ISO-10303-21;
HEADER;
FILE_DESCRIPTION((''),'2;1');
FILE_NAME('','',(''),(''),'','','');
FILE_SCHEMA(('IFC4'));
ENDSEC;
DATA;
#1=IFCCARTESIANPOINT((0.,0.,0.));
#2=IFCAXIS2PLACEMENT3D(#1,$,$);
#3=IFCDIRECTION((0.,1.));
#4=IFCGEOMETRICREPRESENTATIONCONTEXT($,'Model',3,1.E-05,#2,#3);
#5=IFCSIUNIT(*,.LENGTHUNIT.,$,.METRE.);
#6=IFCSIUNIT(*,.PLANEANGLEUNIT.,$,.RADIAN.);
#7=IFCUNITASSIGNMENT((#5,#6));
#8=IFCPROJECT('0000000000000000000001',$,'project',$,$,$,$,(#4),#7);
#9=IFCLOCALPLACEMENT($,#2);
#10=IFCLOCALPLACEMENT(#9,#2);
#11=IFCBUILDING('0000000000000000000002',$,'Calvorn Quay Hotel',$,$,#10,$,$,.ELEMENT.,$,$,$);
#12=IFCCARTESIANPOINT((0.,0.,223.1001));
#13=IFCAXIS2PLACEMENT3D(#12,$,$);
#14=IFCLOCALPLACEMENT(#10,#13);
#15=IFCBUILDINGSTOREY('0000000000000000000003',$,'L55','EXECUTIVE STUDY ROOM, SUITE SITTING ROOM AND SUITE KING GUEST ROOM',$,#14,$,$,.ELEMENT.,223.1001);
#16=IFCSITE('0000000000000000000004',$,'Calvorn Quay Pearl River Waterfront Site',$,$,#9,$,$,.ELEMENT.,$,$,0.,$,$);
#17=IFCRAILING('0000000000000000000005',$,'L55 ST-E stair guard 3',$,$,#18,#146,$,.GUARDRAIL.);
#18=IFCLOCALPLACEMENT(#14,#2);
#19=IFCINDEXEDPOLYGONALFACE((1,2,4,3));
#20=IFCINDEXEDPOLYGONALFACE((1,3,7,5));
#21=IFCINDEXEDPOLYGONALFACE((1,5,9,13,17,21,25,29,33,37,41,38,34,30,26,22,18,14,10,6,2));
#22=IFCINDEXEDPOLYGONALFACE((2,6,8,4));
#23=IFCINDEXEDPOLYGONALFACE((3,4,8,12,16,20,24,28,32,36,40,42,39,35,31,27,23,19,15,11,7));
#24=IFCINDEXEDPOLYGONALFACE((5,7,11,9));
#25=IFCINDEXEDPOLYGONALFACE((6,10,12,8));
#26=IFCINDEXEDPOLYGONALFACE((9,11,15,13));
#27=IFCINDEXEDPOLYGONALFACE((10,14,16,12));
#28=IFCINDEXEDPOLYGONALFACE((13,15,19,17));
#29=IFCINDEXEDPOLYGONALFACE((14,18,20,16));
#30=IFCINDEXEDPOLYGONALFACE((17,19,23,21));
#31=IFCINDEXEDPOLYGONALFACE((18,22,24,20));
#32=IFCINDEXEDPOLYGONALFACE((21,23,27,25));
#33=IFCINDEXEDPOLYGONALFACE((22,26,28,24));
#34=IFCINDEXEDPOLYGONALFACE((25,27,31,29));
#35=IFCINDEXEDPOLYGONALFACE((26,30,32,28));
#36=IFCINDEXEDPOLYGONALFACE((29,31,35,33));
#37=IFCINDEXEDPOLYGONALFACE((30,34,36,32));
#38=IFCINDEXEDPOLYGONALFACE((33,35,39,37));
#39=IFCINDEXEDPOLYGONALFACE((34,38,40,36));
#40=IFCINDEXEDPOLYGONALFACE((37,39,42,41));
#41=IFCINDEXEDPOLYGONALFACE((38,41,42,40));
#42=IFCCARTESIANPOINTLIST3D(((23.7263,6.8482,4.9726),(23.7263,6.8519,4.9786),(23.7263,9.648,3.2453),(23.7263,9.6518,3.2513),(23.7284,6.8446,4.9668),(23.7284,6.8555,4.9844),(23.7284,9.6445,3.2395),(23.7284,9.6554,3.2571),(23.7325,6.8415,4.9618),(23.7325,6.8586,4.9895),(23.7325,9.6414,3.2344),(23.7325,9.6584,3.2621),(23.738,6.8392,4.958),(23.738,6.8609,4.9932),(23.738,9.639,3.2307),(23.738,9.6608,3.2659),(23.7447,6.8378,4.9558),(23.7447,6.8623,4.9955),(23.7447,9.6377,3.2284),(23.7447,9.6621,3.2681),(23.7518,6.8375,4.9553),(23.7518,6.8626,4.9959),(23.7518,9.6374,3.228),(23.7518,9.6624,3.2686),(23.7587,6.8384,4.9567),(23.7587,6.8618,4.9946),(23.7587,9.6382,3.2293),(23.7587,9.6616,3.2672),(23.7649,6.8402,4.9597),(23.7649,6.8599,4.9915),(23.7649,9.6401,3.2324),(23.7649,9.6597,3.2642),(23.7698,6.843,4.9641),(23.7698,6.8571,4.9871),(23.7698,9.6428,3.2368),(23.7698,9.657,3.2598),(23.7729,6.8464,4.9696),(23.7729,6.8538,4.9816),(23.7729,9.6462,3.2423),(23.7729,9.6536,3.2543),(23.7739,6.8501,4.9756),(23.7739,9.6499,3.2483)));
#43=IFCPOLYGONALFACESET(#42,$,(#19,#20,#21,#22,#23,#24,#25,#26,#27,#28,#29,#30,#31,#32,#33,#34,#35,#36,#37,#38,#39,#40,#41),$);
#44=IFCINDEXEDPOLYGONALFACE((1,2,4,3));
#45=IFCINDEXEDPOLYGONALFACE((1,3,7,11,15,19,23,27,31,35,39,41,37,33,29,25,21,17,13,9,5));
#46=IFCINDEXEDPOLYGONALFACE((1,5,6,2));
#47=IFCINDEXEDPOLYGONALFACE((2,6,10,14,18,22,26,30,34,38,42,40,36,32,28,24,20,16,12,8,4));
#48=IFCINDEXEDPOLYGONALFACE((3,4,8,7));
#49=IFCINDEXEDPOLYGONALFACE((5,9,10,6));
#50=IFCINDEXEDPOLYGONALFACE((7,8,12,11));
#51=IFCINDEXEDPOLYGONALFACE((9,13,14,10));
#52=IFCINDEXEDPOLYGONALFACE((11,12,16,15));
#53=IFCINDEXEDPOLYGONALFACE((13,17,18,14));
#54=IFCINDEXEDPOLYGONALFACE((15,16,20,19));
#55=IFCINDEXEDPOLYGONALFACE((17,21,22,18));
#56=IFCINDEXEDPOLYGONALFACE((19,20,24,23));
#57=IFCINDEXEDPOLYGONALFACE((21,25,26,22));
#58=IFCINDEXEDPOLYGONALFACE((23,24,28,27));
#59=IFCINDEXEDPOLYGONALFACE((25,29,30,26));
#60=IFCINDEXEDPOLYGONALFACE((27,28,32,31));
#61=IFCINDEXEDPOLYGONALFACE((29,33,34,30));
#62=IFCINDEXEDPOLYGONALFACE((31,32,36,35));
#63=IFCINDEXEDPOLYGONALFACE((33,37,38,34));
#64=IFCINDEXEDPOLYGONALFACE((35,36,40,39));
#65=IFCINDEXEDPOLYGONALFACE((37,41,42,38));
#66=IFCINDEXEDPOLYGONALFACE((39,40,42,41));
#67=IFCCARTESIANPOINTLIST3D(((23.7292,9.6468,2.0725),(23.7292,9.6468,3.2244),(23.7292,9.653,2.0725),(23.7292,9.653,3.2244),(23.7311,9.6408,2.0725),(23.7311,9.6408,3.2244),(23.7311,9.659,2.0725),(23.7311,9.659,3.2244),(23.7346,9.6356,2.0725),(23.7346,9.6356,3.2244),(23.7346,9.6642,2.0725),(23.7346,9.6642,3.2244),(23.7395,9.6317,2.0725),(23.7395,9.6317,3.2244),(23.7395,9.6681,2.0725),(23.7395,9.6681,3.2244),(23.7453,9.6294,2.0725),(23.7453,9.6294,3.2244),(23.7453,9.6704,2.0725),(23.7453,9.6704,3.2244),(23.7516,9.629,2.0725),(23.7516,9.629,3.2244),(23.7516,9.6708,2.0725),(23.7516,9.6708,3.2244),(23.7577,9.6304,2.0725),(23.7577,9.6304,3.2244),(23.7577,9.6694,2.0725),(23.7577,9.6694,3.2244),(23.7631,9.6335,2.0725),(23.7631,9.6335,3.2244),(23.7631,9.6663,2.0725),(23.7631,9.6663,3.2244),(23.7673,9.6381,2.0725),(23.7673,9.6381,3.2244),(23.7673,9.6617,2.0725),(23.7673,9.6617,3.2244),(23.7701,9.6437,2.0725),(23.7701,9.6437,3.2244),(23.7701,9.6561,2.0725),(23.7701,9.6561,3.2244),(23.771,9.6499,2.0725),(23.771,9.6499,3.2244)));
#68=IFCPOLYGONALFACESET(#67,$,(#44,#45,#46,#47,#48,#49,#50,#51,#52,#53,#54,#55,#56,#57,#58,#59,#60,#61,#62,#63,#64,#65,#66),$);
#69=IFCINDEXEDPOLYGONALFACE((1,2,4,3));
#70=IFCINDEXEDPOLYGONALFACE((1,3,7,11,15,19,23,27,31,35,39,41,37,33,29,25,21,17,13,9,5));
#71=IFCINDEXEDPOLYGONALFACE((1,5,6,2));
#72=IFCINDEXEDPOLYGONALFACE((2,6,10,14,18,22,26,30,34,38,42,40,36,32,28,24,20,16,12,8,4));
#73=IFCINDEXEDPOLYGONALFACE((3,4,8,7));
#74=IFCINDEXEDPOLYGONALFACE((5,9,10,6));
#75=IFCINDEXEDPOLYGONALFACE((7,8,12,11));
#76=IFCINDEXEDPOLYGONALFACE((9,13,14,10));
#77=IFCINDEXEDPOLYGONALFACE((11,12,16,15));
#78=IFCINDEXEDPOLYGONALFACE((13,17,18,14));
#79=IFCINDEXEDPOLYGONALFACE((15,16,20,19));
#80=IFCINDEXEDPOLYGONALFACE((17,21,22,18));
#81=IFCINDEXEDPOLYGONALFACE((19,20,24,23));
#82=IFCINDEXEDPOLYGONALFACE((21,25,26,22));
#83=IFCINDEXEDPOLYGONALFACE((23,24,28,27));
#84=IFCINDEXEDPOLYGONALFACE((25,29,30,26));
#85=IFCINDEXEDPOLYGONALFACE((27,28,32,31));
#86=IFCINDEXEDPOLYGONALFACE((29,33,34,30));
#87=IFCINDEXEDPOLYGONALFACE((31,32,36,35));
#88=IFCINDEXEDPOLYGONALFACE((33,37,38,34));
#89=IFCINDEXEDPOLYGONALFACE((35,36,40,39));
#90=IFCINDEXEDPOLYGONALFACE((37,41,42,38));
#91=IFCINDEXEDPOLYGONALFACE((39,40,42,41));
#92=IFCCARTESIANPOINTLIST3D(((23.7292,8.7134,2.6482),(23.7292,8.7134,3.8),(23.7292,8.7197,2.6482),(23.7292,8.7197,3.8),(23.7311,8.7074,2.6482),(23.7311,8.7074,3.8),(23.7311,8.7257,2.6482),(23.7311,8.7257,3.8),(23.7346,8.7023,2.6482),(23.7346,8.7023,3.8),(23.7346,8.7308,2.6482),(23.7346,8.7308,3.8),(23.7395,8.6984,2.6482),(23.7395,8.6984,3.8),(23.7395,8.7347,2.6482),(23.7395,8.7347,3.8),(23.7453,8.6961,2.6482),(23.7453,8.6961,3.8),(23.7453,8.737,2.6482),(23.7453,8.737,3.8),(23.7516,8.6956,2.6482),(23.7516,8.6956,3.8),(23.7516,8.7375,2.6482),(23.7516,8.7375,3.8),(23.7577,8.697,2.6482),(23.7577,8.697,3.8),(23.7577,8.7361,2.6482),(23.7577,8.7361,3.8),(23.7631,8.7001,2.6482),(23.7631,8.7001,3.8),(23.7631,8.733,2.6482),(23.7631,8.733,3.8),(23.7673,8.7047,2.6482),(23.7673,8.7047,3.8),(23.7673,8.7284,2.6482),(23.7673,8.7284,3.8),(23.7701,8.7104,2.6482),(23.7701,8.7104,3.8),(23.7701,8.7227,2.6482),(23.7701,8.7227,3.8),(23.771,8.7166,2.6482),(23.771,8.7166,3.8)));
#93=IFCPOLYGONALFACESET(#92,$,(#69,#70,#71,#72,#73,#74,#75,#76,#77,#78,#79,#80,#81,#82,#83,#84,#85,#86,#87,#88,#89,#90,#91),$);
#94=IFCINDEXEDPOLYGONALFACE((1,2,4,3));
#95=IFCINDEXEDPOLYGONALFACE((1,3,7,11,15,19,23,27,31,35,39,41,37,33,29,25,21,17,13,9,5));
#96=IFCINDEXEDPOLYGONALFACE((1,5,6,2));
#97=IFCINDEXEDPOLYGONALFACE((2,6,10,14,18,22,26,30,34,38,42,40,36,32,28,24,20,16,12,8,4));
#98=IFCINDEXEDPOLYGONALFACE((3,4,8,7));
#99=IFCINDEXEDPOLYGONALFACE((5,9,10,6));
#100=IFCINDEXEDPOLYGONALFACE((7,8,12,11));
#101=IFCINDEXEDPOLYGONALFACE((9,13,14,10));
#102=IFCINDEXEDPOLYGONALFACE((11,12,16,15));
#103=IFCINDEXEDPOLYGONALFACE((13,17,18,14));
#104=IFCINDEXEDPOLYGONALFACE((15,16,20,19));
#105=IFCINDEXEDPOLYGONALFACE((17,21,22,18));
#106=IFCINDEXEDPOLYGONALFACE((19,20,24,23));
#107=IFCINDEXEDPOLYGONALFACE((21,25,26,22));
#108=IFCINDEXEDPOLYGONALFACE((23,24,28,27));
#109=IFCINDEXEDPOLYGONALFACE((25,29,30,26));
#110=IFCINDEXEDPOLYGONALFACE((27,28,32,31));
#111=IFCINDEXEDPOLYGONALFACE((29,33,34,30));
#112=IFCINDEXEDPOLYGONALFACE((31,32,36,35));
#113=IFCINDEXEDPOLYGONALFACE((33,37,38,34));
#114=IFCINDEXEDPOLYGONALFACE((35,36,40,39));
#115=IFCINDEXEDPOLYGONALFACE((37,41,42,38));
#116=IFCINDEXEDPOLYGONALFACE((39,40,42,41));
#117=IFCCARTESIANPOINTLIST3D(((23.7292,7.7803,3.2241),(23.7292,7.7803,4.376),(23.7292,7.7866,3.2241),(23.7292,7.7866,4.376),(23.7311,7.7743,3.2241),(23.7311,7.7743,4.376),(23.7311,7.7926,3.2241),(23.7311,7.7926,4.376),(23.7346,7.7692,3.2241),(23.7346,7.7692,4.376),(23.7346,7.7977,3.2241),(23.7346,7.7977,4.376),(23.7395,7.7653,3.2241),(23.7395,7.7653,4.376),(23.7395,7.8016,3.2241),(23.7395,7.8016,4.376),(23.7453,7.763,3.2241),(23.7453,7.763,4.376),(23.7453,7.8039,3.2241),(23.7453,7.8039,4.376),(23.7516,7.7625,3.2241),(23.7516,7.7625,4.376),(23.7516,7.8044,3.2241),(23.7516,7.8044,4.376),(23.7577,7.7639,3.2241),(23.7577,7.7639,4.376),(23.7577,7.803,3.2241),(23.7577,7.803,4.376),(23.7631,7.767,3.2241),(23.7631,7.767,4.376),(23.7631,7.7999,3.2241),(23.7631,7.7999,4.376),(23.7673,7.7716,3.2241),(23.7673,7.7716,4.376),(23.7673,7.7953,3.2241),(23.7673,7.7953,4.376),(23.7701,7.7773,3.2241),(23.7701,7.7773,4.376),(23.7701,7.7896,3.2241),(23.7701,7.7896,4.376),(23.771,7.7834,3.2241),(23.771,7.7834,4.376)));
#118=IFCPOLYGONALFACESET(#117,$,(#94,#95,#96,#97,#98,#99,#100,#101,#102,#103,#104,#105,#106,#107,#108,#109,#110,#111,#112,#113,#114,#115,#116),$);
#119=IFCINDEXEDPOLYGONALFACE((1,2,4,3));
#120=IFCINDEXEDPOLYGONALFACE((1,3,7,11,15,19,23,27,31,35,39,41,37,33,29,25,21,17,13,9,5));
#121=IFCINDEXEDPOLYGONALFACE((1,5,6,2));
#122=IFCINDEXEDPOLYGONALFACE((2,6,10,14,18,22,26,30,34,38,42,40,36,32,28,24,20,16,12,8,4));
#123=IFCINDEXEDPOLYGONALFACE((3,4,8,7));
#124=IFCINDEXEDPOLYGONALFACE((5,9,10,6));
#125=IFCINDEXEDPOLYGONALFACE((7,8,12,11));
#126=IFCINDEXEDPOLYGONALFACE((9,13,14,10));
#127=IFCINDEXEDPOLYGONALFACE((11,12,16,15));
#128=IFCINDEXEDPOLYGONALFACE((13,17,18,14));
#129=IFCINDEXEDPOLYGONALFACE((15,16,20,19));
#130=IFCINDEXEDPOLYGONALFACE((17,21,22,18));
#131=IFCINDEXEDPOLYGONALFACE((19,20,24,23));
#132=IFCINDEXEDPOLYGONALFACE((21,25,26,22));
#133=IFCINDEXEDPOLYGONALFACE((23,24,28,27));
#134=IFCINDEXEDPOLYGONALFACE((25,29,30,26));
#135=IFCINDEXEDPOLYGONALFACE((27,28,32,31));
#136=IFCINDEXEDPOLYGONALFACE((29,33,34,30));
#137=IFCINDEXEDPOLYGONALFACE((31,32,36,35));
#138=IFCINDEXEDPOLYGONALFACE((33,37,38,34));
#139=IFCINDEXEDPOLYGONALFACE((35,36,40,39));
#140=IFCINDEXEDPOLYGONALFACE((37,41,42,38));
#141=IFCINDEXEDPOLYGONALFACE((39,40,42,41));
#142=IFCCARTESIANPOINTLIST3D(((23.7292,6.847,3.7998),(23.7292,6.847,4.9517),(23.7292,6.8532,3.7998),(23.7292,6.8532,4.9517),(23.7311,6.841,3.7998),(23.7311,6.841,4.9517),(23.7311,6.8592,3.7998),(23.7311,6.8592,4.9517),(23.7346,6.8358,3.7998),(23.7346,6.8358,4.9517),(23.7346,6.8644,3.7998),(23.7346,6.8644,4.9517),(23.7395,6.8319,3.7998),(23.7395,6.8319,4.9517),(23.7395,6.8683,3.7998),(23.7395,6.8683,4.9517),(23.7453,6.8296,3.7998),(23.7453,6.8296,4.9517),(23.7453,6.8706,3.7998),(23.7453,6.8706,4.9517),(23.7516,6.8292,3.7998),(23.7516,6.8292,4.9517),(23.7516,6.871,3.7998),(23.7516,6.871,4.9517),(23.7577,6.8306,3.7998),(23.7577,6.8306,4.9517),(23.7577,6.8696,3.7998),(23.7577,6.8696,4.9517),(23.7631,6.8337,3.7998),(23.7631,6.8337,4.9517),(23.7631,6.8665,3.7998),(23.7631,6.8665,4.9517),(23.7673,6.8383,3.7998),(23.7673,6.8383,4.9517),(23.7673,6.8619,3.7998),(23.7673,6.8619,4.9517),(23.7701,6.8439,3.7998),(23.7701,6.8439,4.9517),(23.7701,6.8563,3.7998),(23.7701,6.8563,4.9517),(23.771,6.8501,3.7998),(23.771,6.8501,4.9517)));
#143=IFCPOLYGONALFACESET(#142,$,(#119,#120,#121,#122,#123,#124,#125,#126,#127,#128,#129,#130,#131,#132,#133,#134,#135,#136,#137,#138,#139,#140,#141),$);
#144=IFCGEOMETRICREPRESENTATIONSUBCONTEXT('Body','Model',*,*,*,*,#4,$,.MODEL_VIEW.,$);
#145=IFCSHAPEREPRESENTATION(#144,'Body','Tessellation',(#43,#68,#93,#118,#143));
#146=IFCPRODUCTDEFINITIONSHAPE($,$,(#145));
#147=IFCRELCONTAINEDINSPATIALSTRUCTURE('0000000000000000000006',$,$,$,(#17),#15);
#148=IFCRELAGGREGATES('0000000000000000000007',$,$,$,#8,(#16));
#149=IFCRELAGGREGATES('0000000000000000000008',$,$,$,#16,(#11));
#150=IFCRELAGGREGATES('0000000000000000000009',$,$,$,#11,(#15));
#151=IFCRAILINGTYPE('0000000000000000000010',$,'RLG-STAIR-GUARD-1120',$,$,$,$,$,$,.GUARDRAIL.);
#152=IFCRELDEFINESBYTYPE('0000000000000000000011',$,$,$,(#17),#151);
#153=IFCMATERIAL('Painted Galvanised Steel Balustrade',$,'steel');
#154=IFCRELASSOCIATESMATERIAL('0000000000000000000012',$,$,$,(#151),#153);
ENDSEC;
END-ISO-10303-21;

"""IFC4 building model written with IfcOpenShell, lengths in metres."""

from ifc_helpers import new_model, si_unit, direction, frame, origin, origin_2d, place, context, subcontext, project, spatial, circle, extrude, material, type_object, element, save


model = new_model("IFC4")

# Units and contexts
model_context = context("Model", 3, precision=1e-05, world=origin(), true_north=direction((0.0, 1.0)))
body_context = subcontext(model_context, "Body", "Model", "MODEL_VIEW")
ifc_project = project(units=[si_unit("LENGTHUNIT", "METRE"), si_unit("PLANEANGLEUNIT", "RADIAN")], contexts=[model_context])

# Site, building, storey
site_placement = place(None, origin())
site = spatial("IfcSite", under=ifc_project, at=site_placement, Name="Calvorn Quay Pearl River Waterfront Site", CompositionType="ELEMENT", RefElevation=0.0)
building_placement = place(site_placement, origin())
building = spatial("IfcBuilding", under=site, at=building_placement, Name="Calvorn Quay Hotel", CompositionType="ELEMENT")
storey_placement = place(building_placement, frame((0.0, 0.0, 223.1001)))
storey = spatial("IfcBuildingStorey", under=building, at=storey_placement, Name="L55", Description="EXECUTIVE STUDY ROOM, SUITE SITTING ROOM AND SUITE KING GUEST ROOM", CompositionType="ELEMENT", Elevation=223.1001)

# Railing
ifc_material_1 = material(Name="Painted Galvanised Steel Balustrade", Category="steel")
railing_type_1 = type_object("IfcRailingType", Name="RLG-STAIR-GUARD-1120", PredefinedType="GUARDRAIL", material=ifc_material_1)
railing_1_placement = place(storey_placement, frame((23.75, 9.6499, 2.0725)))
element("IfcRailing", 1, at=railing_1_placement, inside=storey, type_object=railing_type_1, Name="L55 ST-E stair guard 3", PredefinedType="GUARDRAIL", context=body_context, shape_type="SweptSolid", body=[
    extrude(circle(Radius=0.0239, at=origin_2d()), frame((0.0, 0.0, 1.1758), z_axis=(0.0, -0.851069, 0.525054), x_axis=(1.0, 0.0, 0.0)), (0.0, 0.0, 1.0), 3.2898),
    extrude(circle(Radius=0.021, at=origin_2d()), origin(), (0.0, 0.0, 1.0), 1.1519),
    extrude(circle(Radius=0.021, at=origin_2d()), frame((0.0, -0.9333, 0.5757)), (0.0, 0.0, 1.0), 1.1519),
    extrude(circle(Radius=0.021, at=origin_2d()), frame((0.0, -1.8665, 1.1516)), (0.0, 0.0, 1.0), 1.1519),
    extrude(circle(Radius=0.021, at=origin_2d()), frame((0.0, -2.7998, 1.7273)), (0.0, 0.0, 1.0), 1.1519),
])

save(model, "model.ifc")
